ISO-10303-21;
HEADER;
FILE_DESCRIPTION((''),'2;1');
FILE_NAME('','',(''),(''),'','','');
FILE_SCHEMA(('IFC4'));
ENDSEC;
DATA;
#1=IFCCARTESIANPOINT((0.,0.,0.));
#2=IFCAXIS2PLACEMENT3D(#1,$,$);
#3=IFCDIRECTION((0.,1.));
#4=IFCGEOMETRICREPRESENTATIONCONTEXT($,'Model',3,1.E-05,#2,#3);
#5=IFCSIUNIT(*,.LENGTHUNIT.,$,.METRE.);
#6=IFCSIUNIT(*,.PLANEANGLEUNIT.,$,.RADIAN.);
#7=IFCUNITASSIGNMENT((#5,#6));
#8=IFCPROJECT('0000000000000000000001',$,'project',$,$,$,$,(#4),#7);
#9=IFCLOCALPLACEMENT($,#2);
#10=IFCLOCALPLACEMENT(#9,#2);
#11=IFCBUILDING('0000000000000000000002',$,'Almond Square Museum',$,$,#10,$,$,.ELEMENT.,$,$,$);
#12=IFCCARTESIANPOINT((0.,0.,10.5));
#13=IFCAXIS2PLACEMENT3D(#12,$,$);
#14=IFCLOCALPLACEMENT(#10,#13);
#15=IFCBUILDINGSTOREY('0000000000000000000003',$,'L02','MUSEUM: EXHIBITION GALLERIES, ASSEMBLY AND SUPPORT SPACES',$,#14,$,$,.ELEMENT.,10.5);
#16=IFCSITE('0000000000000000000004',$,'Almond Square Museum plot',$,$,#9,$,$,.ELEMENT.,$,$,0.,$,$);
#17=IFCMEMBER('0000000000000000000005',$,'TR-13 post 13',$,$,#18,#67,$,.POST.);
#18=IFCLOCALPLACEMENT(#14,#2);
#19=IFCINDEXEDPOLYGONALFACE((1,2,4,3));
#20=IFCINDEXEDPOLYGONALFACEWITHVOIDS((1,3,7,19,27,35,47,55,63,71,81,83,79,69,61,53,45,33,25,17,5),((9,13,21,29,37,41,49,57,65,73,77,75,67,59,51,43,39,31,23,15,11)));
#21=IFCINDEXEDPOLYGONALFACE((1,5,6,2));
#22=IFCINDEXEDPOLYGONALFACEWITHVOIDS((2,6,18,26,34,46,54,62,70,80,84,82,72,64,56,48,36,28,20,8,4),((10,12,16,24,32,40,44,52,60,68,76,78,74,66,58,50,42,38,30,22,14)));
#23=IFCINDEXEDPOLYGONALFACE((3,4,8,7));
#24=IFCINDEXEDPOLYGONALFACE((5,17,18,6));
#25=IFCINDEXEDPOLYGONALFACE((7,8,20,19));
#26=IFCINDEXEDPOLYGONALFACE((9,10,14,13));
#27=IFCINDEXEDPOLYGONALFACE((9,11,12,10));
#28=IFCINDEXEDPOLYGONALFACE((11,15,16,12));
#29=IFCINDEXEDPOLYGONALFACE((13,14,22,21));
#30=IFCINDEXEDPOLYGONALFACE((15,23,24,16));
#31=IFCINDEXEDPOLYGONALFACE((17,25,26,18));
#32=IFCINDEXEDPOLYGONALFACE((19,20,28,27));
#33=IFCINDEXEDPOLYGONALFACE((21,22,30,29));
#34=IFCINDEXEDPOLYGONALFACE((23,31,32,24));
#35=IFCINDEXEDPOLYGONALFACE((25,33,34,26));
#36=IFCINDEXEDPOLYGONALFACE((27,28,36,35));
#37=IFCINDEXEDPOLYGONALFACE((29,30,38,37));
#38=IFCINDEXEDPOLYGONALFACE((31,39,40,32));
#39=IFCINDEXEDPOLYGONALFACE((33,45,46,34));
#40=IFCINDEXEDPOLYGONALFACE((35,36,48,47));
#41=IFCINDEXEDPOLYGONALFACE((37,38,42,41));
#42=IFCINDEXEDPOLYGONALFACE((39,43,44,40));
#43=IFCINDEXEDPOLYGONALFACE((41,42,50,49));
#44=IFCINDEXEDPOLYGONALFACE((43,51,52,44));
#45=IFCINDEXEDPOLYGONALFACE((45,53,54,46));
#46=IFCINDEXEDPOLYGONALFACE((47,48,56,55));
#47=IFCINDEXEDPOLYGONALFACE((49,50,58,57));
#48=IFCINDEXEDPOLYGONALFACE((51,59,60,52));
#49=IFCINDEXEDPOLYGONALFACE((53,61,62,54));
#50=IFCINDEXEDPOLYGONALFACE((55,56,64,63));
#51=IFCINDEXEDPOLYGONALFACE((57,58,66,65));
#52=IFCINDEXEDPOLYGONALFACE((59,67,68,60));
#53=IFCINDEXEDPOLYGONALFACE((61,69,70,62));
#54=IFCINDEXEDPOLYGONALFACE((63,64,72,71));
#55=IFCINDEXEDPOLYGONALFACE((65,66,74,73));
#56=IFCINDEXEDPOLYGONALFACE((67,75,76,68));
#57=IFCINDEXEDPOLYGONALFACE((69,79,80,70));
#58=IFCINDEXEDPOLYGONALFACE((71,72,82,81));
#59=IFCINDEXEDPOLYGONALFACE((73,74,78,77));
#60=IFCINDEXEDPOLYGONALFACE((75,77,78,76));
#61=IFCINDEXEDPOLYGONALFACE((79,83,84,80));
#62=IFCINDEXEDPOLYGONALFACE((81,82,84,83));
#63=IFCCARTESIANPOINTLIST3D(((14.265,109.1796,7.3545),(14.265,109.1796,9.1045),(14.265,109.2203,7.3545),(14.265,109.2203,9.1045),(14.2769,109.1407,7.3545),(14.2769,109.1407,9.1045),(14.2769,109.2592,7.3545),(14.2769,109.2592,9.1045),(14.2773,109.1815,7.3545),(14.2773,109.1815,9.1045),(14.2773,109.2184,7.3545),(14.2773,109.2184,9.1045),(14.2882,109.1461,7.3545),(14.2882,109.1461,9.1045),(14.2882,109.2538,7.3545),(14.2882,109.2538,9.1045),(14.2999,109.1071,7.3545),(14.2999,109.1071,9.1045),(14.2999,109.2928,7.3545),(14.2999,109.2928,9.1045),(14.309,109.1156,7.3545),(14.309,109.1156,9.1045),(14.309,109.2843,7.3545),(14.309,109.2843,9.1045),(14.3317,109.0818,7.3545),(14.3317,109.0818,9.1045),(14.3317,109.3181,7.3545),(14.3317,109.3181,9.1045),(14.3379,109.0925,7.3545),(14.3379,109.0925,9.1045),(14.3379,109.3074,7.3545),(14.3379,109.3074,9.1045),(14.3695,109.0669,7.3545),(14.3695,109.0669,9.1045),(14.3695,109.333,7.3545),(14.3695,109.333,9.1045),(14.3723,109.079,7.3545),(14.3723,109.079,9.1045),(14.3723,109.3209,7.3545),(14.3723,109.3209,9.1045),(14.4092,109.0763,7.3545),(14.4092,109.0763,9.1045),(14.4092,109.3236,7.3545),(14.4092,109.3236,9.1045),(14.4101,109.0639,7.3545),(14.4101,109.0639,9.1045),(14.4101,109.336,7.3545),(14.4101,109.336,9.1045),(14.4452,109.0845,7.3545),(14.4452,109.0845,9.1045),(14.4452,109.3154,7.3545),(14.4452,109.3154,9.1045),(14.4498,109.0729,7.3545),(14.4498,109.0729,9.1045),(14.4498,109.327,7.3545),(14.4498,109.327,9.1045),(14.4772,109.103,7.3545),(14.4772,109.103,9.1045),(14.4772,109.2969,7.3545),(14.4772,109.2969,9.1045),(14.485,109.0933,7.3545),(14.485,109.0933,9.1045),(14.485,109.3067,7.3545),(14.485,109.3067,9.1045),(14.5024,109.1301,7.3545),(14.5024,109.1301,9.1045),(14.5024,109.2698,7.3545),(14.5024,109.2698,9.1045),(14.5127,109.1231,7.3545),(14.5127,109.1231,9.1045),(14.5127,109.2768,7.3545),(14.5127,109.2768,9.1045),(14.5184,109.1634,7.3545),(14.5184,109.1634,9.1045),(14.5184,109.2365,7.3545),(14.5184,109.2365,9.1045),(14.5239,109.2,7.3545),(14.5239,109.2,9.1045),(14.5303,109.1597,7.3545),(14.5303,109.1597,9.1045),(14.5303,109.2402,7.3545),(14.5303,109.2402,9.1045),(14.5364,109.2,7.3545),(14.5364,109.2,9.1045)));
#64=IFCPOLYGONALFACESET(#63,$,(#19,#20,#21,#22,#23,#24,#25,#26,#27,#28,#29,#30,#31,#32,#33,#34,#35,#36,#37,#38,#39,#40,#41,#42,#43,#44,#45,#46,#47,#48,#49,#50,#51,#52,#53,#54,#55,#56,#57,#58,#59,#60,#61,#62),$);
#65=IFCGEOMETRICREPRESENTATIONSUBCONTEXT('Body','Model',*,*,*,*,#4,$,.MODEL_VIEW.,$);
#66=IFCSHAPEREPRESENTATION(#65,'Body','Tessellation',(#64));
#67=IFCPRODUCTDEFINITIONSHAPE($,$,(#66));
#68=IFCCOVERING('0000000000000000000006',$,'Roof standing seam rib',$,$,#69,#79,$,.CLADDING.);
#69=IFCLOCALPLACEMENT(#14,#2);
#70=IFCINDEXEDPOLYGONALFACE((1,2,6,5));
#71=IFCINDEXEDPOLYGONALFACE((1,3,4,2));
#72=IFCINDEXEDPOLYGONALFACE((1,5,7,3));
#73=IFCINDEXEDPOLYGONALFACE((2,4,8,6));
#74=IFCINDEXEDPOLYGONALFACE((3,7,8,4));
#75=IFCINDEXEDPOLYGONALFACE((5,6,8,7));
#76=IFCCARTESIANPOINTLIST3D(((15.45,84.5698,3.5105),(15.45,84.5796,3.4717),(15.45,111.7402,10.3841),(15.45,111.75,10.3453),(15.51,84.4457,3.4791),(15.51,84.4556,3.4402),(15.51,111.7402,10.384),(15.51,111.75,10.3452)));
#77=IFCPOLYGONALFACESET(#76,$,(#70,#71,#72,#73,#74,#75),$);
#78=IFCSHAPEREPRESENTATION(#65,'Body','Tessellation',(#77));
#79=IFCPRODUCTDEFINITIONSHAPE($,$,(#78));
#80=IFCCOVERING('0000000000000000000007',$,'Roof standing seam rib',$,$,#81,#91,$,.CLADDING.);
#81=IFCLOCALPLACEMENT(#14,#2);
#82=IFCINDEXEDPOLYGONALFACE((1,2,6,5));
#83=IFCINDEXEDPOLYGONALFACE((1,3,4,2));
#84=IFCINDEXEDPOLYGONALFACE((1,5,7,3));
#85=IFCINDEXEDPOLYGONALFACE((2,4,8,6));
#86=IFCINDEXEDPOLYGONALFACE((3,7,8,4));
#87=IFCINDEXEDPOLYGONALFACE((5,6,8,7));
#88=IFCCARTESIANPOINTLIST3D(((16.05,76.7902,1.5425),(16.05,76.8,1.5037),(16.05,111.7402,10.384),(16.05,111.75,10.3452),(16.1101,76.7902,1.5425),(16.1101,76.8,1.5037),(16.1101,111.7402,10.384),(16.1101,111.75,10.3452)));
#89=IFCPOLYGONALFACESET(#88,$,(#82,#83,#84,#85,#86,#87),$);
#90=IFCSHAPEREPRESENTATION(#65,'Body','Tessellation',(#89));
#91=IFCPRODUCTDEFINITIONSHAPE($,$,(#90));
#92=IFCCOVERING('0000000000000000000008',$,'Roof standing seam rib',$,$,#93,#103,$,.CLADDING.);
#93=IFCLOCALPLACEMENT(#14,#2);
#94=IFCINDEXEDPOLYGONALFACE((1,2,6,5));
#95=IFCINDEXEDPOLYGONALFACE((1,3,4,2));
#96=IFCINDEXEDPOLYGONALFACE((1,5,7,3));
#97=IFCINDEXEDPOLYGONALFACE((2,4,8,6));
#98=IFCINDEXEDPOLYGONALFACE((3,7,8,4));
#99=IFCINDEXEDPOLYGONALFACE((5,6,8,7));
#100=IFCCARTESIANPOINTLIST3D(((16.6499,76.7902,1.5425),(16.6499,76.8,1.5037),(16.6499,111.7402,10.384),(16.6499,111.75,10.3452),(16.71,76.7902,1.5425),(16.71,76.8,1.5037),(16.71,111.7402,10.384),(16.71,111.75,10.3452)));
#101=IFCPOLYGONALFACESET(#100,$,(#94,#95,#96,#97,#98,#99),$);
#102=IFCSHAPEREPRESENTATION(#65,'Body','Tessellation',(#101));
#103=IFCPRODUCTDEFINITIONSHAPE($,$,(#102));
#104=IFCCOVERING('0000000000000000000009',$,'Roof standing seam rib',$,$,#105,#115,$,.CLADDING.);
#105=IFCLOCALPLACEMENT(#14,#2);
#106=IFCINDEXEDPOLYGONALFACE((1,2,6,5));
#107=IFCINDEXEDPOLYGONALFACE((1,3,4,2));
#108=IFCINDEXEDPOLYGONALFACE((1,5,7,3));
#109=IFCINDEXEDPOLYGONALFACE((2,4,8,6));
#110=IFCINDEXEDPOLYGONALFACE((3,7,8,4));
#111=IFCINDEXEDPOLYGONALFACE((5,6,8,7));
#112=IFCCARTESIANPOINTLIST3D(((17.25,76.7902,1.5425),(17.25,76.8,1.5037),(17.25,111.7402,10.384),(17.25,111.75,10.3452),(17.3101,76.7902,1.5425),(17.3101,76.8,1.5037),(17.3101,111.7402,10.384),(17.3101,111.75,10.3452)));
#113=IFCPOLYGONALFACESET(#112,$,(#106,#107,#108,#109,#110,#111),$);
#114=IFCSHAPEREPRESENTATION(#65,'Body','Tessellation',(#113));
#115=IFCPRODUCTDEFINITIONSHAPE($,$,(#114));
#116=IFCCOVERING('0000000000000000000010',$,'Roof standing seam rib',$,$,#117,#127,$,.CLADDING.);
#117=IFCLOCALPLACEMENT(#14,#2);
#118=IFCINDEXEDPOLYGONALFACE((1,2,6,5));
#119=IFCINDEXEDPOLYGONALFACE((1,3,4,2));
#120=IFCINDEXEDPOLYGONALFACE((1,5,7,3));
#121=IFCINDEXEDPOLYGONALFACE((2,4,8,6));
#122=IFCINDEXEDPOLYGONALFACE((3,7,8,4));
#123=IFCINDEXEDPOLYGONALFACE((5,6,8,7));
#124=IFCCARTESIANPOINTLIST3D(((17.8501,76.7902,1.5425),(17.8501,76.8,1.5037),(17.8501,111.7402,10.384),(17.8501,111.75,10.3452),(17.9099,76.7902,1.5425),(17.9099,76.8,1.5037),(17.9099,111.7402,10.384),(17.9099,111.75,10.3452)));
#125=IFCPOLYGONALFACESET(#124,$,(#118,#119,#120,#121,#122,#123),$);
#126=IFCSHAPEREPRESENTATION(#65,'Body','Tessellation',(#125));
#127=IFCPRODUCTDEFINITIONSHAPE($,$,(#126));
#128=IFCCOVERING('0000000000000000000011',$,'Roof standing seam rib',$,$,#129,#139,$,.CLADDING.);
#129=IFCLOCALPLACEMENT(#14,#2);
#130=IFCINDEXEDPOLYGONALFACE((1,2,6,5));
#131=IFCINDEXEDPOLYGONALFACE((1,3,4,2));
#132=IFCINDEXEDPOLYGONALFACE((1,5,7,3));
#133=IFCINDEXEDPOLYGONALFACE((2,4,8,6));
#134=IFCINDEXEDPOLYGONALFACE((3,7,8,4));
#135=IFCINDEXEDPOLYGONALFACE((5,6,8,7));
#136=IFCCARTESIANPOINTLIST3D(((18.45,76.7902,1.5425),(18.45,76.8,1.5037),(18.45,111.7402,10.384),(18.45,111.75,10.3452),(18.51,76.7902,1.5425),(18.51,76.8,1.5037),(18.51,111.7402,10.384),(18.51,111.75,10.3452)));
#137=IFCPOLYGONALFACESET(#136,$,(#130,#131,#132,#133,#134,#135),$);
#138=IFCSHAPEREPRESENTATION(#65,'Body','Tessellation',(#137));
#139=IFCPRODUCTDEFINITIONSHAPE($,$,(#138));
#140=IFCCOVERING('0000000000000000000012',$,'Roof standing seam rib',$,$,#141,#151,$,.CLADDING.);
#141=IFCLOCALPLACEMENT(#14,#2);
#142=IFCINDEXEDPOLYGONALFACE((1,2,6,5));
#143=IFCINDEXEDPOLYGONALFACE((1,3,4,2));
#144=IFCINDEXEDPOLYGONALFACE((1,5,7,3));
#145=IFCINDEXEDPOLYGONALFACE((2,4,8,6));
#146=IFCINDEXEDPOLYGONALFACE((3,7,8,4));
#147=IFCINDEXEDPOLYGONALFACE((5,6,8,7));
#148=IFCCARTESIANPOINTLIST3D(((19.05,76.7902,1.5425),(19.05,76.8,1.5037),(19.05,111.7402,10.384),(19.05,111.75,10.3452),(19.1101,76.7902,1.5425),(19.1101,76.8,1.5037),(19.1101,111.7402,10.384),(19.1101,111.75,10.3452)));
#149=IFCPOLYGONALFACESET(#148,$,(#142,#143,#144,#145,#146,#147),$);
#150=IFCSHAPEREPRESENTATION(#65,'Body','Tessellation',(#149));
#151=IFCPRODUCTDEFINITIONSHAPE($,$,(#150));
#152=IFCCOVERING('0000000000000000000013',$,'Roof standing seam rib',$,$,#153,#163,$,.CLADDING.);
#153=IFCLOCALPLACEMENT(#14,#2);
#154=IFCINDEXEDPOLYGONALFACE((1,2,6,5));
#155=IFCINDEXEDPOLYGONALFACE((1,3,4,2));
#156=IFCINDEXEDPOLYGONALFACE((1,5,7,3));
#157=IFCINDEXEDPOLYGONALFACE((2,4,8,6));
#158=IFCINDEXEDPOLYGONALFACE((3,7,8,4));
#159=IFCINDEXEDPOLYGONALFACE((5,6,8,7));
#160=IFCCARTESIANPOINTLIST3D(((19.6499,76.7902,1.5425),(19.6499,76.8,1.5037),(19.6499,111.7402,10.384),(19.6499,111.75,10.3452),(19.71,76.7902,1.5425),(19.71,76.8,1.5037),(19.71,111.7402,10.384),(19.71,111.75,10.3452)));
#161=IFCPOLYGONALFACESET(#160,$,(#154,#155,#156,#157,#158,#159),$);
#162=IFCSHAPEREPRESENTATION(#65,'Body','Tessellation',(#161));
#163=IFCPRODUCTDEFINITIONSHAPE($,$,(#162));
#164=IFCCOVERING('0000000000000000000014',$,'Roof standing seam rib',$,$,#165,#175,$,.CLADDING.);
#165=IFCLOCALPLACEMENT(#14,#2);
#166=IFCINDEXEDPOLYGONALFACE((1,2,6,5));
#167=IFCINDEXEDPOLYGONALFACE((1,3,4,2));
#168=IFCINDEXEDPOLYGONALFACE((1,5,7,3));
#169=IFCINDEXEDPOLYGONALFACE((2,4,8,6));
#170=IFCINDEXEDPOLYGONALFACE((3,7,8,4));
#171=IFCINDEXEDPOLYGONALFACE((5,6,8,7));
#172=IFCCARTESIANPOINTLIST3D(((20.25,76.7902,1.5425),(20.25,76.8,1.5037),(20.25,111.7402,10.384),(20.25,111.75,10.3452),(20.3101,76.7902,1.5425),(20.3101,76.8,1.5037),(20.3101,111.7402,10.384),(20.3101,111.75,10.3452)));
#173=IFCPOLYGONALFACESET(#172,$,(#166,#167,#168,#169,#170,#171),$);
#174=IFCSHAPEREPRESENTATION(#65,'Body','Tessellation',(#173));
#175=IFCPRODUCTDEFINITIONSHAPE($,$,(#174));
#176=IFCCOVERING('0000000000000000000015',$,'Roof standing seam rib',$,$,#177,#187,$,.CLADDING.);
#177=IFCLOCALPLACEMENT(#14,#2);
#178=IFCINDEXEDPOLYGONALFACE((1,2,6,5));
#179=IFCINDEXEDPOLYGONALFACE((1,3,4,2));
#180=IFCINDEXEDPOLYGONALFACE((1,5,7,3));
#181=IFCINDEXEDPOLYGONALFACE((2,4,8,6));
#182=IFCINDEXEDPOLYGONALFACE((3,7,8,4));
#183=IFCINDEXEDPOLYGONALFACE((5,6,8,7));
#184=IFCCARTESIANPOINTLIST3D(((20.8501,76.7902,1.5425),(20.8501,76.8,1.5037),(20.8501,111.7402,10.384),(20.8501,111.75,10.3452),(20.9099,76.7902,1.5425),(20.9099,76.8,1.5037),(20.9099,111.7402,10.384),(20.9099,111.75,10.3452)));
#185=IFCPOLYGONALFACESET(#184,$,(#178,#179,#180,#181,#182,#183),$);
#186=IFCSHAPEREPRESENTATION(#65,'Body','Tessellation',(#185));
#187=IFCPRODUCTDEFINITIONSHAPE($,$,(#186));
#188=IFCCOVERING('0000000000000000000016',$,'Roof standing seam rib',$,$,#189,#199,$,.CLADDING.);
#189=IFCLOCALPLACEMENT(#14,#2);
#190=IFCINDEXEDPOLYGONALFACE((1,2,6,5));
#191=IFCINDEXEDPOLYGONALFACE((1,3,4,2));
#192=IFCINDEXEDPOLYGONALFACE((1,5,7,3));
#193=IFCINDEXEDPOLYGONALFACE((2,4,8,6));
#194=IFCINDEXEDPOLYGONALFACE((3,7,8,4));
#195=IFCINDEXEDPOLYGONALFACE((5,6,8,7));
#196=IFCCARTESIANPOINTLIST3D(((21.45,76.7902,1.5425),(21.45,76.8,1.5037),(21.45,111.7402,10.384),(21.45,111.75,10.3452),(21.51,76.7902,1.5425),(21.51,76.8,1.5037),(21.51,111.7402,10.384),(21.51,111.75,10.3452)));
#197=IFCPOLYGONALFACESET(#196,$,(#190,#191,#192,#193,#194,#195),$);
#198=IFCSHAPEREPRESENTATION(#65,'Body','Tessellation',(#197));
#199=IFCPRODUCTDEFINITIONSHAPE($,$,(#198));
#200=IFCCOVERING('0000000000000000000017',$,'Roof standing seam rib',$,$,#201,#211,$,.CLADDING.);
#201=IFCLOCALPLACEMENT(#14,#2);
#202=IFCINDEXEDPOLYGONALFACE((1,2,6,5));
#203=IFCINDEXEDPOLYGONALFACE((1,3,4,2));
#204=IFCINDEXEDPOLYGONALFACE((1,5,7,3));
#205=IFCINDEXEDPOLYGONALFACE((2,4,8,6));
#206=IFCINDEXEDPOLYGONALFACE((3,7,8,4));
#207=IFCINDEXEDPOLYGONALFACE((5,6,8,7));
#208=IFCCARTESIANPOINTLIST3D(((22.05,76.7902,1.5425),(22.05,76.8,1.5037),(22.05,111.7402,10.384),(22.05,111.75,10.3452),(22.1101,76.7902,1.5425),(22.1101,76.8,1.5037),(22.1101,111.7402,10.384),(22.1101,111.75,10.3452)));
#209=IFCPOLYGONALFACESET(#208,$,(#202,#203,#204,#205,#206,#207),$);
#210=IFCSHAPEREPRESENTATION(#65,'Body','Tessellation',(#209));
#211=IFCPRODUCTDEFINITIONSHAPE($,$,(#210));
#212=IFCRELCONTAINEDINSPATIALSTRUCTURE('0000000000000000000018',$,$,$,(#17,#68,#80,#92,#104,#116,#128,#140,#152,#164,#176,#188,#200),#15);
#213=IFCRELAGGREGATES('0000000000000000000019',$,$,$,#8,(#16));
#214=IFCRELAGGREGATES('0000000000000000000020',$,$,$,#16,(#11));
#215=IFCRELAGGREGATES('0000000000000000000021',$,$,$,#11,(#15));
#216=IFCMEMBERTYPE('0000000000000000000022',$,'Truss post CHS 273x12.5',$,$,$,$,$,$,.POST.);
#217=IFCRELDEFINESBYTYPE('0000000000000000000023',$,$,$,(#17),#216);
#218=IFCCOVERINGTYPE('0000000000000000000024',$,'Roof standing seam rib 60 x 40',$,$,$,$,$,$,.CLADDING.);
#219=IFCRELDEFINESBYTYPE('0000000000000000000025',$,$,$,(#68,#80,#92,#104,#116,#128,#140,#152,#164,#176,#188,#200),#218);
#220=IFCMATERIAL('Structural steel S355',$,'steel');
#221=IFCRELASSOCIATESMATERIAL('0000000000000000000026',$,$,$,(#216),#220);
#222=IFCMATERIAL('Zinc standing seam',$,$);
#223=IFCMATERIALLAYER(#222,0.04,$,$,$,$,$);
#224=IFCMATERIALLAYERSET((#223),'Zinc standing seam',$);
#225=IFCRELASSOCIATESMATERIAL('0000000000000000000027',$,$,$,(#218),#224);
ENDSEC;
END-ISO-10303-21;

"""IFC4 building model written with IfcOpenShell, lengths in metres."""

from ifc_helpers import new_model, si_unit, direction, frame, origin, origin_2d, place, context, subcontext, project, spatial, polyline, hollow_circle, outline, extrude, material, layer, layer_set, material_profile, profile_set, type_object, element, save


model = new_model("IFC4")

# Units and contexts
model_context = context("Model", 3, precision=1e-05, world=origin(), true_north=direction((0.0, 1.0)))
body_context = subcontext(model_context, "Body", "Model", "MODEL_VIEW")
ifc_project = project(units=[si_unit("LENGTHUNIT", "METRE"), si_unit("PLANEANGLEUNIT", "RADIAN")], contexts=[model_context])

# Site, building, storey
site_placement = place(None, origin())
site = spatial("IfcSite", under=ifc_project, at=site_placement, Name="Almond Square Museum plot", CompositionType="ELEMENT", RefElevation=0.0)
building_placement = place(site_placement, origin())
building = spatial("IfcBuilding", under=site, at=building_placement, Name="Almond Square Museum", CompositionType="ELEMENT")
storey_placement = place(building_placement, frame((0.0, 0.0, 10.5)))
storey = spatial("IfcBuildingStorey", under=building, at=storey_placement, Name="L02", Description="MUSEUM: EXHIBITION GALLERIES, ASSEMBLY AND SUPPORT SPACES", CompositionType="ELEMENT", Elevation=10.5)

# Member
ifc_material_1 = material(Name="Structural steel S355", Category="steel")
ifc_material_profile_1 = material_profile(ifc_material_1, hollow_circle(Radius=0.1365, WallThickness=0.0125, at=origin_2d()))
ifc_profile_set_1 = profile_set([ifc_material_profile_1], Name="Structural steel S355")
member_type_1 = type_object("IfcMemberType", Name="Truss post CHS 273x12.5", PredefinedType="POST", material=ifc_profile_set_1)
member_1_placement = place(storey_placement, frame((14.3999, 109.2, 7.3545), z_axis=(0.0, 0.0, 1.0), x_axis=(1.0, 0.0, 0.0)))
element("IfcMember", 1, at=member_1_placement, inside=storey, type_object=member_type_1, Name="TR-13 post 13", PredefinedType="POST", context=body_context, shape_type="SweptSolid", body=[
    extrude(hollow_circle(Radius=0.1365, WallThickness=0.0125, at=origin_2d()), origin(), (0.0, 0.0, 1.0), 1.75),
])

# Coverings
ifc_material_2 = material(Name="Zinc standing seam")
ifc_layer = layer(ifc_material_2, 0.04)
ifc_layer_set = layer_set([ifc_layer], Name="Zinc standing seam")
covering_type = type_object("IfcCoveringType", Name="Roof standing seam rib 60 x 40", PredefinedType="CLADDING", material=ifc_layer_set)
covering_1_placement = place(storey_placement, frame((15.51, 111.75, 10.3452), z_axis=(0.000957, -0.245254, 0.969458), x_axis=(-1.0, -0.000235, 0.000928)))
element("IfcCovering", 2, at=covering_1_placement, inside=storey, type_object=covering_type, Name="Roof standing seam rib", PredefinedType="CLADDING", context=body_context, shape_type="SweptSolid", body=[
    extrude(outline(polyline([(0.0, 0.0), (0.0601, 0.0), (0.0601, 28.0264), (0.0, 28.1543), (0.0, 0.0)])), origin(), (0.0, 0.0, 1.0), 0.04),
])
for number, where, z_axis, x_axis, name in (
    (3, (16.1101, 111.75, 10.3452), (0.0, -0.245251, 0.969459), (-1.0, 0.0, 0.0), "Roof standing seam rib"),
    (4, (16.71, 111.75, 10.3452), (0.0, -0.245251, 0.969459), (-1.0, 0.0, 0.0), "Roof standing seam rib"),
    (5, (17.3101, 111.75, 10.3452), (0.0, -0.245251, 0.969459), (-1.0, 0.0, 0.0), "Roof standing seam rib"),
):
    element("IfcCovering", number, at=place(storey_placement, frame(where, z_axis=z_axis, x_axis=x_axis)), inside=storey, type_object=covering_type, Name=name, PredefinedType="CLADDING", context=body_context, shape_type="SweptSolid", body=[
        extrude(outline(polyline([(0.0, 0.0), (0.0601, 0.0), (0.0601, 36.051), (0.0, 36.051), (0.0, 0.0)])), origin(), (0.0, 0.0, 1.0), 0.04),
    ])
covering_2_placement = place(storey_placement, frame((17.9099, 111.75, 10.3452), z_axis=(0.0, -0.245251, 0.969459), x_axis=(-1.0, 0.0, 0.0)))
element("IfcCovering", 6, at=covering_2_placement, inside=storey, type_object=covering_type, Name="Roof standing seam rib", PredefinedType="CLADDING", context=body_context, shape_type="SweptSolid", body=[
    extrude(outline(polyline([(0.0, 0.0), (0.0598, 0.0), (0.0598, 36.051), (0.0, 36.051), (0.0, 0.0)])), origin(), (0.0, 0.0, 1.0), 0.04),
])
for number, where, z_axis, x_axis, name in (
    (7, (18.51, 111.75, 10.3452), (0.0, -0.245251, 0.969459), (-1.0, 0.0, 0.0), "Roof standing seam rib"),
    (8, (19.1101, 111.75, 10.3452), (0.0, -0.245251, 0.969459), (-1.0, 0.0, 0.0), "Roof standing seam rib"),
    (9, (19.71, 111.75, 10.3452), (0.0, -0.245251, 0.969459), (-1.0, 0.0, 0.0), "Roof standing seam rib"),
    (10, (20.3101, 111.75, 10.3452), (0.0, -0.245251, 0.969459), (-1.0, 0.0, 0.0), "Roof standing seam rib"),
):
    element("IfcCovering", number, at=place(storey_placement, frame(where, z_axis=z_axis, x_axis=x_axis)), inside=storey, type_object=covering_type, Name=name, PredefinedType="CLADDING", context=body_context, shape_type="SweptSolid", body=[
        extrude(outline(polyline([(0.0, 0.0), (0.0601, 0.0), (0.0601, 36.051), (0.0, 36.051), (0.0, 0.0)])), origin(), (0.0, 0.0, 1.0), 0.04),
    ])
covering_3_placement = place(storey_placement, frame((20.9099, 111.75, 10.3452), z_axis=(0.0, -0.245251, 0.969459), x_axis=(-1.0, 0.0, 0.0)))
element("IfcCovering", 11, at=covering_3_placement, inside=storey, type_object=covering_type, Name="Roof standing seam rib", PredefinedType="CLADDING", context=body_context, shape_type="SweptSolid", body=[
    extrude(outline(polyline([(0.0, 0.0), (0.0598, 0.0), (0.0598, 36.051), (0.0, 36.051), (0.0, 0.0)])), origin(), (0.0, 0.0, 1.0), 0.04),
])
for number, where, z_axis, x_axis, name in (
    (12, (21.51, 111.75, 10.3452), (0.0, -0.245251, 0.969459), (-1.0, 0.0, 0.0), "Roof standing seam rib"),
    (13, (22.1101, 111.75, 10.3452), (0.0, -0.245251, 0.969459), (-1.0, 0.0, 0.0), "Roof standing seam rib"),
):
    element("IfcCovering", number, at=place(storey_placement, frame(where, z_axis=z_axis, x_axis=x_axis)), inside=storey, type_object=covering_type, Name=name, PredefinedType="CLADDING", context=body_context, shape_type="SweptSolid", body=[
        extrude(outline(polyline([(0.0, 0.0), (0.0601, 0.0), (0.0601, 36.051), (0.0, 36.051), (0.0, 0.0)])), origin(), (0.0, 0.0, 1.0), 0.04),
    ])

save(model, "model.ifc")
